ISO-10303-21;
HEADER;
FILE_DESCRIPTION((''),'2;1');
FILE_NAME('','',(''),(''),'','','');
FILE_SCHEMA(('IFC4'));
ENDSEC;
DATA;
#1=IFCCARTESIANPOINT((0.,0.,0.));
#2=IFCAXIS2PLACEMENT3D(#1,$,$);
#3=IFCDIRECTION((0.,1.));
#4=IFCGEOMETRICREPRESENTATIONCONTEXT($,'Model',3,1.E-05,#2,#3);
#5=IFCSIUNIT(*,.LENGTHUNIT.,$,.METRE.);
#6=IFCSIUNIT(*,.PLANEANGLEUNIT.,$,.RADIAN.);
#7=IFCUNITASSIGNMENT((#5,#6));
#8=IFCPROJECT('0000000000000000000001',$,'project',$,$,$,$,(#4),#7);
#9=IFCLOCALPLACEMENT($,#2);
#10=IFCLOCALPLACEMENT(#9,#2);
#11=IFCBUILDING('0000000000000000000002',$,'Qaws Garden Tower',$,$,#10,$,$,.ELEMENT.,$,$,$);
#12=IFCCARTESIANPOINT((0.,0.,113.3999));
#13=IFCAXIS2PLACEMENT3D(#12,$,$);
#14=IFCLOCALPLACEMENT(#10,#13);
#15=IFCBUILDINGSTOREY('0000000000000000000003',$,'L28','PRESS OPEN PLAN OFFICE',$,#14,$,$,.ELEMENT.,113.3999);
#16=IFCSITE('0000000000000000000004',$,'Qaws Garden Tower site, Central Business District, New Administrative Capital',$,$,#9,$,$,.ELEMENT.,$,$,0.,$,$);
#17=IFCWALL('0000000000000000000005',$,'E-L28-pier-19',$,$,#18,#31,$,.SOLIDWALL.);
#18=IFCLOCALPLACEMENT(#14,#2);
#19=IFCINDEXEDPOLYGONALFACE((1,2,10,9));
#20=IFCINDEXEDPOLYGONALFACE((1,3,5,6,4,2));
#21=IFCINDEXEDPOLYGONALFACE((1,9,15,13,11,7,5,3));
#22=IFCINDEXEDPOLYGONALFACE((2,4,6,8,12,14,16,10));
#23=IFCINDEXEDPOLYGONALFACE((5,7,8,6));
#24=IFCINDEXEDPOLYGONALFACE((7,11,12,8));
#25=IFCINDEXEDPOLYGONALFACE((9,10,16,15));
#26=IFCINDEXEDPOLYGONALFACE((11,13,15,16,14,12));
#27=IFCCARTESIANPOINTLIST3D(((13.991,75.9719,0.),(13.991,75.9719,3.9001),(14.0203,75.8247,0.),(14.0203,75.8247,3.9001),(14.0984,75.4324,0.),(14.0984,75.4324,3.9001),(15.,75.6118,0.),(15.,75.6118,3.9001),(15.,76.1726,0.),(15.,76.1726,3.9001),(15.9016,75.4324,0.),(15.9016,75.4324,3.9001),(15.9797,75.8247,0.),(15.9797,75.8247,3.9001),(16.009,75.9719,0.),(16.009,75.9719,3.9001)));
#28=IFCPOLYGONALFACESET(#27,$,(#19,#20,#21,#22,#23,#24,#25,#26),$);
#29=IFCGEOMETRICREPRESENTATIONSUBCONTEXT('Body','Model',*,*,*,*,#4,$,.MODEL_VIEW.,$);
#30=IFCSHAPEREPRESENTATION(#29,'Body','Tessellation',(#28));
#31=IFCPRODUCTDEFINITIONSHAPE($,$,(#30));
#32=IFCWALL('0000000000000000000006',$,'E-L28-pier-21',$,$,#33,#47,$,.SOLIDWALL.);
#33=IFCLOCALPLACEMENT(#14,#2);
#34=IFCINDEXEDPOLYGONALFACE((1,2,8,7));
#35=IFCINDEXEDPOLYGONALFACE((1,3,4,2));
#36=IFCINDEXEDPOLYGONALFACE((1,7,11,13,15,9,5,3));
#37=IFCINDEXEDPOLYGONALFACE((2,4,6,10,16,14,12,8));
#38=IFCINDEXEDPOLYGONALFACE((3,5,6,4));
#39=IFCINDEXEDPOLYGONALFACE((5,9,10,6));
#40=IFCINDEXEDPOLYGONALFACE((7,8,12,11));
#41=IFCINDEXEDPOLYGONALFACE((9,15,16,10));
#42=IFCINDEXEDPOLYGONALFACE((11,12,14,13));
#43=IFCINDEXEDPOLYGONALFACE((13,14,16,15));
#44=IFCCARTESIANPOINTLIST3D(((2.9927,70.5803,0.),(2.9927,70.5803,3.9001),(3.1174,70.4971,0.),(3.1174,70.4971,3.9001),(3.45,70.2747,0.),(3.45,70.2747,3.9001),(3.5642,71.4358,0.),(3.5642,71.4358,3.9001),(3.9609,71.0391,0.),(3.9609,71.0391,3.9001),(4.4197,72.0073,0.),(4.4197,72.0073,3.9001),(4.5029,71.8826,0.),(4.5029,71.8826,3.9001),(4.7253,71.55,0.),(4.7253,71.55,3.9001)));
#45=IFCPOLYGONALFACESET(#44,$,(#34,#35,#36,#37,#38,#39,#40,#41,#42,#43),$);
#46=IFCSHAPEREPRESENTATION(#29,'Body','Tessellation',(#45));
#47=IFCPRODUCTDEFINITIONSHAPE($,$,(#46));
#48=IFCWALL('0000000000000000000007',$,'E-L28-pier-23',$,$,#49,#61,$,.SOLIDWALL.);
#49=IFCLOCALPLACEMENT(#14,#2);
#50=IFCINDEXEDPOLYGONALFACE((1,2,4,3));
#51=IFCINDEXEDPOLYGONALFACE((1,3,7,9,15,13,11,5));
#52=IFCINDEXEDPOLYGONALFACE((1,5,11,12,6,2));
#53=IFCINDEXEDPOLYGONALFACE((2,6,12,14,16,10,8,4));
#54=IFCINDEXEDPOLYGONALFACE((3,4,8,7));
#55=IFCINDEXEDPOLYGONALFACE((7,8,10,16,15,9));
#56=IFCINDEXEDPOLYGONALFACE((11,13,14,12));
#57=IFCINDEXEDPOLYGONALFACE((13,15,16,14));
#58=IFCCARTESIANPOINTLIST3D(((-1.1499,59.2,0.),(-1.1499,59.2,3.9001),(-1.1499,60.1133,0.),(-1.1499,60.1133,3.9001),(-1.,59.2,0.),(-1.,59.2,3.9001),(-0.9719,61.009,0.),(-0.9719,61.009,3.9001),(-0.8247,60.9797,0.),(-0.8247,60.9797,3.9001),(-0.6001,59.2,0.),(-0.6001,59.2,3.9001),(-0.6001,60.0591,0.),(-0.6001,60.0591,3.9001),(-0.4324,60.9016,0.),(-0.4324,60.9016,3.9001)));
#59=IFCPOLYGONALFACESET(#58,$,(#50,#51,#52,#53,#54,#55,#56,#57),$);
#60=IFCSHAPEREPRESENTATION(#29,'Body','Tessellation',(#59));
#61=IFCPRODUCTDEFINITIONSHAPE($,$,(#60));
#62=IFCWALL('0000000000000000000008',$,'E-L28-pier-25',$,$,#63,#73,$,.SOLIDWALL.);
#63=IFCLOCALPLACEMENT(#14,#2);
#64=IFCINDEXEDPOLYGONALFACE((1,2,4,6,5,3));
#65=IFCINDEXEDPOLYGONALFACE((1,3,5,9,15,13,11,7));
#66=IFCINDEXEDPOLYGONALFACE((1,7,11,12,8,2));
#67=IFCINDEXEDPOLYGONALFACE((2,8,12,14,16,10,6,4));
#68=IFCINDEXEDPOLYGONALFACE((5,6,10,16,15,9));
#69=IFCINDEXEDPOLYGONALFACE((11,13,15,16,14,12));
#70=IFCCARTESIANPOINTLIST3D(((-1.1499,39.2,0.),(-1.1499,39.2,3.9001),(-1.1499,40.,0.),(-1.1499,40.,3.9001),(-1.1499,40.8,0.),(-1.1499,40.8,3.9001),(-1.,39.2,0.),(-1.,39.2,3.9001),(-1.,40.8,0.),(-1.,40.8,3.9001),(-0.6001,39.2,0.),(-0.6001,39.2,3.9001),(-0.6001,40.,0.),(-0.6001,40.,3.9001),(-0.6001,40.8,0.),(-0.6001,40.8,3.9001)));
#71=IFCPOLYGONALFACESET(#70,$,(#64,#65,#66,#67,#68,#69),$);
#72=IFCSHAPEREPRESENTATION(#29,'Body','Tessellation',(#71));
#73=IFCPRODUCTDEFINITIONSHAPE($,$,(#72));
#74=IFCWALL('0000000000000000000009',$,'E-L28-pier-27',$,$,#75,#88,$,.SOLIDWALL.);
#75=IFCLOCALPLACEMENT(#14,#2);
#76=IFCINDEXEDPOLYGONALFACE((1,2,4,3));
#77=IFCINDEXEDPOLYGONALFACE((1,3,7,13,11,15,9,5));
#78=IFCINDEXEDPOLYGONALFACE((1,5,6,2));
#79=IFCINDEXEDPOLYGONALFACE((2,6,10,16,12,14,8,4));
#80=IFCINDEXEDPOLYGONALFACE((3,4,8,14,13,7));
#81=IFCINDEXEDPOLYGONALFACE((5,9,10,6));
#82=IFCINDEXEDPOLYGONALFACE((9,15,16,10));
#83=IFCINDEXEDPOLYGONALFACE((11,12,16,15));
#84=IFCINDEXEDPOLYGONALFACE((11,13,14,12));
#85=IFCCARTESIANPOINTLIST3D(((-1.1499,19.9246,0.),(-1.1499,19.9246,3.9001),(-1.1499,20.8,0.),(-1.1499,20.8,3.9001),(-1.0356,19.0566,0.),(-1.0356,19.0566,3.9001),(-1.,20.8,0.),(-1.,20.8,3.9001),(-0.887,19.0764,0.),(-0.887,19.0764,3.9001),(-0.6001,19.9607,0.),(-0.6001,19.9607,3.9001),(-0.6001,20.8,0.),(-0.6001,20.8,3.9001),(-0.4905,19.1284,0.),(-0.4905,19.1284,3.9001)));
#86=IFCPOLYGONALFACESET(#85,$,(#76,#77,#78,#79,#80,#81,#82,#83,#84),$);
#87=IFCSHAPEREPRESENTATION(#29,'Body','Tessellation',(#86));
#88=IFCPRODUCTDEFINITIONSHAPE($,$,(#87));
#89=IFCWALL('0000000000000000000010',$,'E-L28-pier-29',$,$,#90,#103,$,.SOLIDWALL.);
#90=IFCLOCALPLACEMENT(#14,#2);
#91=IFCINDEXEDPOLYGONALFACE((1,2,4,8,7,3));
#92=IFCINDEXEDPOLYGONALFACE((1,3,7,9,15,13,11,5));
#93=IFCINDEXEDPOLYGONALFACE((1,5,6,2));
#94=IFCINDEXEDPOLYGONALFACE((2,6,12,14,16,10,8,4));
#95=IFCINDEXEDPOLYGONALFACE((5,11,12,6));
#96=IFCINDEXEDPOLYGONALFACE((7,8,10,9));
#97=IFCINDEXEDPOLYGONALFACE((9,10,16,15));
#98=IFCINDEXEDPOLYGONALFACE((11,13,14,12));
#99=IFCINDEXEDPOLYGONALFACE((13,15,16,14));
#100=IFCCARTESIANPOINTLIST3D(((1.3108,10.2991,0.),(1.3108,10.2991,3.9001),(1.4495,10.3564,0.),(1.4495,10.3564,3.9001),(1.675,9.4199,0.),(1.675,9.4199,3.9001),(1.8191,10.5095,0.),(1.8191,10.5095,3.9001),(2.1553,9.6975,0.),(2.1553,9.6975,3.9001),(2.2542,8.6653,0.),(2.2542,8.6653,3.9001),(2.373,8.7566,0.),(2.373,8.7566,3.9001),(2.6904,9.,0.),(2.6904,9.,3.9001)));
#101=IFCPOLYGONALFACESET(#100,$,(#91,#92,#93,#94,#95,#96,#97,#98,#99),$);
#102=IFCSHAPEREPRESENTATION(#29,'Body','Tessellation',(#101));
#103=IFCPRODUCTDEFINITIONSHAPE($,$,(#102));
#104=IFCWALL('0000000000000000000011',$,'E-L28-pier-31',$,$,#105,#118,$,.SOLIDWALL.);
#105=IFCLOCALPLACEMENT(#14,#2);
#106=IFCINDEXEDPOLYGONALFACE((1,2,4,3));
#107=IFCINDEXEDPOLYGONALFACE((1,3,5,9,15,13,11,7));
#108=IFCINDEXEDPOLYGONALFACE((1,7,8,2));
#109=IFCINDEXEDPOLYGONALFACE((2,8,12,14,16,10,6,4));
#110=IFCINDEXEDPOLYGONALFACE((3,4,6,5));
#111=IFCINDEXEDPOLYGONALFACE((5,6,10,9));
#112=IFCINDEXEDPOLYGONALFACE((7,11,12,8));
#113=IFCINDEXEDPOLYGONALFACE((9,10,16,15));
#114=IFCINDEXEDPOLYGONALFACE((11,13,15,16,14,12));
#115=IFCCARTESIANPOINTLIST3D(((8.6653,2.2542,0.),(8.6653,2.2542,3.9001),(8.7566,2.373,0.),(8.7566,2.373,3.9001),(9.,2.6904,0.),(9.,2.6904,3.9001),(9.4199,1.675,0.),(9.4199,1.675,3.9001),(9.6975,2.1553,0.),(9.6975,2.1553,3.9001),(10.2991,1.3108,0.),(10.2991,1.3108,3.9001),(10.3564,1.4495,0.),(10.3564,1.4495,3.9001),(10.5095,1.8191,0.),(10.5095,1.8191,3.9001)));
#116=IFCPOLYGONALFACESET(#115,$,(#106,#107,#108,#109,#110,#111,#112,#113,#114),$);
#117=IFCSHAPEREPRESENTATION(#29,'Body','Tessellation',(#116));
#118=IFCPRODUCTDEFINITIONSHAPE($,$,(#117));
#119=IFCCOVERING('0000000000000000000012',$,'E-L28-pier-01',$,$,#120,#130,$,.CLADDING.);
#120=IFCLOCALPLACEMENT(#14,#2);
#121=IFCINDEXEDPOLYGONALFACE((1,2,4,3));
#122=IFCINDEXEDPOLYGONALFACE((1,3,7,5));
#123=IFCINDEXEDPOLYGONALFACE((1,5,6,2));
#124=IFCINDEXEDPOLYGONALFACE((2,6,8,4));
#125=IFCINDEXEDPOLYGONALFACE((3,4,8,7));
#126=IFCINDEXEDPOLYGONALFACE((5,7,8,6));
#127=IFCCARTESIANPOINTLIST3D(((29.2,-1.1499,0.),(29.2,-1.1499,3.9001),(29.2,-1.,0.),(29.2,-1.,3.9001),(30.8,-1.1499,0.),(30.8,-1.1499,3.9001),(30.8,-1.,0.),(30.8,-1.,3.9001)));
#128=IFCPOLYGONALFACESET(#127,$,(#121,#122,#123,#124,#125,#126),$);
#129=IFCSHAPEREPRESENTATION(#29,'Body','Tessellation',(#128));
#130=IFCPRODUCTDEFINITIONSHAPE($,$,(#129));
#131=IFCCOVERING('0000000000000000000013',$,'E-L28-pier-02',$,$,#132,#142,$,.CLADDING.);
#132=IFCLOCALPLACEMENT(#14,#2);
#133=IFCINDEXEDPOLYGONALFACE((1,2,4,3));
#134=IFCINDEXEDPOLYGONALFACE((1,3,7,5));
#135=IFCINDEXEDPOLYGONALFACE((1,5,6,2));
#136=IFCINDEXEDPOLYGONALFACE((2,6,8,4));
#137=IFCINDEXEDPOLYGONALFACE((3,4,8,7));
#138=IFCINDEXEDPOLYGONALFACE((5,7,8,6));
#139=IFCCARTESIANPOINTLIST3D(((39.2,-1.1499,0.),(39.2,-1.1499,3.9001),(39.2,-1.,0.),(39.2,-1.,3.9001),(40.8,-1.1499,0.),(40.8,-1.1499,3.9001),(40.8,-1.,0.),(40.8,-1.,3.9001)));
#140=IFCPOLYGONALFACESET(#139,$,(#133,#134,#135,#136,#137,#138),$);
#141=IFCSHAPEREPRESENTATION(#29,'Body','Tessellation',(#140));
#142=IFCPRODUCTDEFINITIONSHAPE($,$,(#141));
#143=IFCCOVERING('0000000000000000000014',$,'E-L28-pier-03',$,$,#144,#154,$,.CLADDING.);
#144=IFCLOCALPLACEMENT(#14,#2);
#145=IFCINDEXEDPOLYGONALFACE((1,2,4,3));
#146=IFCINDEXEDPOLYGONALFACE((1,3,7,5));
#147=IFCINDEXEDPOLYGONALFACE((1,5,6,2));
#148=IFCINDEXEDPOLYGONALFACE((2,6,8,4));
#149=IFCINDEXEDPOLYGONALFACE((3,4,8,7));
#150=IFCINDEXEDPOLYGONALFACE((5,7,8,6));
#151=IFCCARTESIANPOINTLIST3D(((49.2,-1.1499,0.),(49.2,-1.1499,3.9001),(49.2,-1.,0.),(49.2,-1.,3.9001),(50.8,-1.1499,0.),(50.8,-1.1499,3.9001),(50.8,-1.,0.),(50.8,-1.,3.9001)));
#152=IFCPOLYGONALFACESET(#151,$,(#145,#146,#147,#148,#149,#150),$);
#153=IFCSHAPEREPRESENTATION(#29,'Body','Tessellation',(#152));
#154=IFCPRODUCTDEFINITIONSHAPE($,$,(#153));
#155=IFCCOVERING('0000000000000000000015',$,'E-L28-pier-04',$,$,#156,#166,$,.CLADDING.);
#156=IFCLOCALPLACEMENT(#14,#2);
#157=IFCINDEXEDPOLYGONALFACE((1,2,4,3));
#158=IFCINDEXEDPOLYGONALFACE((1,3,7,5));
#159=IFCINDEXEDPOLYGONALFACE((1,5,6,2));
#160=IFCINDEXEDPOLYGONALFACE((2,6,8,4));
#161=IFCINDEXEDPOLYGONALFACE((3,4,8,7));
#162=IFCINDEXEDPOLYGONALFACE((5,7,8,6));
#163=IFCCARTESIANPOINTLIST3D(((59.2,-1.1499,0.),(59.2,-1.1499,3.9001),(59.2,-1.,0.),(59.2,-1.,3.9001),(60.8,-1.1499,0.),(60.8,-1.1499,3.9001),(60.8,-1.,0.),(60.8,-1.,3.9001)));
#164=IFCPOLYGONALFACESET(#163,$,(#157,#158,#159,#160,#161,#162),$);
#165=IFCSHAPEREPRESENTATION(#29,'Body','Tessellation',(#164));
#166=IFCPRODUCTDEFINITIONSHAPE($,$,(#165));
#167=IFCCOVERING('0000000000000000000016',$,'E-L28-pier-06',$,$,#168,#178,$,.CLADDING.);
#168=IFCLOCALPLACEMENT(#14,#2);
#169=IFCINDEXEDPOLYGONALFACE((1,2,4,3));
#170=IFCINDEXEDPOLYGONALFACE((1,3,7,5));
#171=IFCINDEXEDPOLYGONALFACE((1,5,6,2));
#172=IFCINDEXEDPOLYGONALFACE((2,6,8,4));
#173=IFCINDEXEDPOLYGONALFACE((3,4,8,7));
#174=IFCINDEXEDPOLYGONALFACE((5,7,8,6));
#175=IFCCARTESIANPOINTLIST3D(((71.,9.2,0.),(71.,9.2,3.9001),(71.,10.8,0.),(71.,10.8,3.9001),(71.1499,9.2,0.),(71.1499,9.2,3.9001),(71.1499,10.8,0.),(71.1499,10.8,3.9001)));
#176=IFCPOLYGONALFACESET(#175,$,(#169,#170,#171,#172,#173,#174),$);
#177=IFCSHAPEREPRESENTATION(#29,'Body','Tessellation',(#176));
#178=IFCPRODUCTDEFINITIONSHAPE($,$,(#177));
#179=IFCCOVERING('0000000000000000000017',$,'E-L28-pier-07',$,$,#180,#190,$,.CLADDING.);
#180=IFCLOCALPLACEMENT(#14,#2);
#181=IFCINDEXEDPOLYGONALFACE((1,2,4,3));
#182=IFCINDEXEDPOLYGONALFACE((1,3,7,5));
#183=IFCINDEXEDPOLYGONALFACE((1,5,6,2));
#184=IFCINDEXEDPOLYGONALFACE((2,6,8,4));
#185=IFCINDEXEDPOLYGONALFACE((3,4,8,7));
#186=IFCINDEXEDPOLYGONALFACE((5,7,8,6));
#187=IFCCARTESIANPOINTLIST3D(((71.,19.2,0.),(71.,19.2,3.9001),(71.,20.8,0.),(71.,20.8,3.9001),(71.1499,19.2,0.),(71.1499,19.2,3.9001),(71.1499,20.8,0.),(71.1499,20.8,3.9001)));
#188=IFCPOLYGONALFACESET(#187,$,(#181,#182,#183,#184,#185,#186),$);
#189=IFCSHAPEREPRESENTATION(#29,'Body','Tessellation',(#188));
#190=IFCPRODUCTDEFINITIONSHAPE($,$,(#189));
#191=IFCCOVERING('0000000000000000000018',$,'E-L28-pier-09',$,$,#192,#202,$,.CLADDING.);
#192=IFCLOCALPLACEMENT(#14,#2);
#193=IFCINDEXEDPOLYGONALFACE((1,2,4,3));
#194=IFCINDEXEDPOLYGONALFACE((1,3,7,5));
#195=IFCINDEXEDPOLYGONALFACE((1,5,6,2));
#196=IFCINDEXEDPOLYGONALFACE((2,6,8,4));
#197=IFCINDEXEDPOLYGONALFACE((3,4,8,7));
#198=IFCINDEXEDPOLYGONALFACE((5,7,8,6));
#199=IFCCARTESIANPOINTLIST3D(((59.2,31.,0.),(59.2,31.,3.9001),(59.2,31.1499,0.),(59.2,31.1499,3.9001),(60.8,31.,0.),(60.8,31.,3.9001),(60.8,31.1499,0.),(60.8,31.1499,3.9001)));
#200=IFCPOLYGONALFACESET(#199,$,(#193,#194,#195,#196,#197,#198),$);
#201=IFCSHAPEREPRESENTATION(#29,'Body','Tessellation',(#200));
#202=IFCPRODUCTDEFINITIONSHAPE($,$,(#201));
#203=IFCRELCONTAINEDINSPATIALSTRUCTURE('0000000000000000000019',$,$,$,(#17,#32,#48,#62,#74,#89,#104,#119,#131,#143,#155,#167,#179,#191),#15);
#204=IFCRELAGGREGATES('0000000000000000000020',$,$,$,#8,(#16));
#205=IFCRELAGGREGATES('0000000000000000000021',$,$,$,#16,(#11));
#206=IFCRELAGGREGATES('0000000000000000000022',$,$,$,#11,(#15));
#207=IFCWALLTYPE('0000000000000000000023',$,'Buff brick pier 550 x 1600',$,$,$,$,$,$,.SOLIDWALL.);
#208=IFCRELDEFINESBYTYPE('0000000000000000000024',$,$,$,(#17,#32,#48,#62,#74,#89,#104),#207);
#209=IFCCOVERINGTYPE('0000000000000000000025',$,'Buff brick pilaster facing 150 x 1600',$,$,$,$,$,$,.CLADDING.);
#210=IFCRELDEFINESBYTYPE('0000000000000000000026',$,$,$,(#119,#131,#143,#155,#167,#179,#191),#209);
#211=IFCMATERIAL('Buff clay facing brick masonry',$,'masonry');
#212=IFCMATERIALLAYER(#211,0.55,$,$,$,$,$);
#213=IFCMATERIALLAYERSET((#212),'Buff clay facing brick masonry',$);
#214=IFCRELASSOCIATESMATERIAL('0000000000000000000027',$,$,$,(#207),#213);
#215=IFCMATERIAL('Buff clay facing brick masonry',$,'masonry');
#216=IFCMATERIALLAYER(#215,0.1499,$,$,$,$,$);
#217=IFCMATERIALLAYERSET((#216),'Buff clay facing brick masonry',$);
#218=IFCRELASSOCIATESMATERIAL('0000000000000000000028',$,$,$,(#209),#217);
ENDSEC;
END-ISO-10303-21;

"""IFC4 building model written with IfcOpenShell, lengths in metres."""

from ifc_helpers import new_model, si_unit, direction, frame, origin, place, context, subcontext, project, spatial, polyline, outline, extrude, material, layer, layer_set, type_object, element, save


model = new_model("IFC4")

# Units and contexts
model_context = context("Model", 3, precision=1e-05, world=origin(), true_north=direction((0.0, 1.0)))
body_context = subcontext(model_context, "Body", "Model", "MODEL_VIEW")
ifc_project = project(units=[si_unit("LENGTHUNIT", "METRE"), si_unit("PLANEANGLEUNIT", "RADIAN")], contexts=[model_context])

# Site, building, storey
site_placement = place(None, origin())
site = spatial("IfcSite", under=ifc_project, at=site_placement, Name="Qaws Garden Tower site, Central Business District, New Administrative Capital", CompositionType="ELEMENT", RefElevation=0.0)
building_placement = place(site_placement, origin())
building = spatial("IfcBuilding", under=site, at=building_placement, Name="Qaws Garden Tower", CompositionType="ELEMENT")
storey_placement = place(building_placement, frame((0.0, 0.0, 113.3999)))
storey = spatial("IfcBuildingStorey", under=building, at=storey_placement, Name="L28", Description="PRESS OPEN PLAN OFFICE", CompositionType="ELEMENT", Elevation=113.3999)

# Walls
placement = place(storey_placement, origin())
ifc_material_1 = material(Name="Buff clay facing brick masonry", Category="masonry")
ifc_layer_1 = layer(ifc_material_1, 0.55)
ifc_layer_set_1 = layer_set([ifc_layer_1], Name="Buff clay facing brick masonry")
wall_type_1 = type_object("IfcWallType", Name="Buff brick pier 550 x 1600", PredefinedType="SOLIDWALL", material=ifc_layer_set_1)
element("IfcWall", 1, at=placement, inside=storey, type_object=wall_type_1, Name="E-L28-pier-19", PredefinedType="SOLIDWALL", context=body_context, shape_type="SweptSolid", body=[
    extrude(outline(polyline([(15.9797, 75.8247), (16.009, 75.9719), (15.0, 76.1726), (13.991, 75.9719), (14.0203, 75.8247), (14.0984, 75.4324), (15.0, 75.6118), (15.9016, 75.4324), (15.9797, 75.8247)])), origin(), (0.0, 0.0, 1.0), 3.9001),
])
element("IfcWall", 2, at=placement, inside=storey, type_object=wall_type_1, Name="E-L28-pier-21", PredefinedType="SOLIDWALL", context=body_context, shape_type="SweptSolid", body=[
    extrude(outline(polyline([(4.5029, 71.8826), (4.4197, 72.0073), (3.5642, 71.4358), (2.9927, 70.5803), (3.1174, 70.4971), (3.45, 70.2747), (3.9609, 71.0391), (4.7253, 71.55), (4.5029, 71.8826)])), origin(), (0.0, 0.0, 1.0), 3.9001),
])
element("IfcWall", 3, at=placement, inside=storey, type_object=wall_type_1, Name="E-L28-pier-23", PredefinedType="SOLIDWALL", context=body_context, shape_type="SweptSolid", body=[
    extrude(outline(polyline([(-0.8247, 60.9797), (-0.9719, 61.009), (-1.1499, 60.1133), (-1.1499, 59.2), (-1.0, 59.2), (-0.6001, 59.2), (-0.6001, 60.0591), (-0.4324, 60.9016), (-0.8247, 60.9797)])), origin(), (0.0, 0.0, 1.0), 3.9001),
])
element("IfcWall", 4, at=placement, inside=storey, type_object=wall_type_1, Name="E-L28-pier-25", PredefinedType="SOLIDWALL", context=body_context, shape_type="SweptSolid", body=[
    extrude(outline(polyline([(-1.0, 40.8), (-1.1499, 40.8), (-1.1499, 40.0), (-1.1499, 39.2), (-1.0, 39.2), (-0.6001, 39.2), (-0.6001, 40.0), (-0.6001, 40.8), (-1.0, 40.8)])), origin(), (0.0, 0.0, 1.0), 3.9001),
])
element("IfcWall", 5, at=placement, inside=storey, type_object=wall_type_1, Name="E-L28-pier-27", PredefinedType="SOLIDWALL", context=body_context, shape_type="SweptSolid", body=[
    extrude(outline(polyline([(-1.0, 20.8), (-1.1499, 20.8), (-1.1499, 19.9246), (-1.0356, 19.0566), (-0.887, 19.0764), (-0.4905, 19.1284), (-0.6001, 19.9607), (-0.6001, 20.8), (-1.0, 20.8)])), origin(), (0.0, 0.0, 1.0), 3.9001),
])
element("IfcWall", 6, at=placement, inside=storey, type_object=wall_type_1, Name="E-L28-pier-29", PredefinedType="SOLIDWALL", context=body_context, shape_type="SweptSolid", body=[
    extrude(outline(polyline([(1.4495, 10.3564), (1.3108, 10.2991), (1.675, 9.4199), (2.2542, 8.6653), (2.373, 8.7566), (2.6904, 9.0), (2.1553, 9.6975), (1.8191, 10.5095), (1.4495, 10.3564)])), origin(), (0.0, 0.0, 1.0), 3.9001),
])
element("IfcWall", 7, at=placement, inside=storey, type_object=wall_type_1, Name="E-L28-pier-31", PredefinedType="SOLIDWALL", context=body_context, shape_type="SweptSolid", body=[
    extrude(outline(polyline([(8.7566, 2.373), (8.6653, 2.2542), (9.4199, 1.675), (10.2991, 1.3108), (10.3564, 1.4495), (10.5095, 1.8191), (9.6975, 2.1553), (9.0, 2.6904), (8.7566, 2.373)])), origin(), (0.0, 0.0, 1.0), 3.9001),
])

# Coverings
ifc_material_2 = material(Name="Buff clay facing brick masonry", Category="masonry")
ifc_layer_2 = layer(ifc_material_2, 0.1499)
ifc_layer_set_2 = layer_set([ifc_layer_2], Name="Buff clay facing brick masonry")
covering_type = type_object("IfcCoveringType", Name="Buff brick pilaster facing 150 x 1600", PredefinedType="CLADDING", material=ifc_layer_set_2)
element("IfcCovering", 8, at=placement, inside=storey, type_object=covering_type, Name="E-L28-pier-01", PredefinedType="CLADDING", context=body_context, shape_type="SweptSolid", body=[
    extrude(outline(polyline([(29.2, -1.0), (30.8, -1.0), (30.8, -1.1499), (29.2, -1.1499), (29.2, -1.0)])), origin(), (0.0, 0.0, 1.0), 3.9001),
])
element("IfcCovering", 9, at=placement, inside=storey, type_object=covering_type, Name="E-L28-pier-02", PredefinedType="CLADDING", context=body_context, shape_type="SweptSolid", body=[
    extrude(outline(polyline([(39.2, -1.0), (40.8, -1.0), (40.8, -1.1499), (39.2, -1.1499), (39.2, -1.0)])), origin(), (0.0, 0.0, 1.0), 3.9001),
])
element("IfcCovering", 10, at=placement, inside=storey, type_object=covering_type, Name="E-L28-pier-03", PredefinedType="CLADDING", context=body_context, shape_type="SweptSolid", body=[
    extrude(outline(polyline([(49.2, -1.0), (50.8, -1.0), (50.8, -1.1499), (49.2, -1.1499), (49.2, -1.0)])), origin(), (0.0, 0.0, 1.0), 3.9001),
])
element("IfcCovering", 11, at=placement, inside=storey, type_object=covering_type, Name="E-L28-pier-04", PredefinedType="CLADDING", context=body_context, shape_type="SweptSolid", body=[
    extrude(outline(polyline([(59.2, -1.0), (60.8, -1.0), (60.8, -1.1499), (59.2, -1.1499), (59.2, -1.0)])), origin(), (0.0, 0.0, 1.0), 3.9001),
])
element("IfcCovering", 12, at=placement, inside=storey, type_object=covering_type, Name="E-L28-pier-06", PredefinedType="CLADDING", context=body_context, shape_type="SweptSolid", body=[
    extrude(outline(polyline([(71.0, 9.2), (71.0, 10.8), (71.1499, 10.8), (71.1499, 9.2), (71.0, 9.2)])), origin(), (0.0, 0.0, 1.0), 3.9001),
])
element("IfcCovering", 13, at=placement, inside=storey, type_object=covering_type, Name="E-L28-pier-07", PredefinedType="CLADDING", context=body_context, shape_type="SweptSolid", body=[
    extrude(outline(polyline([(71.0, 19.2), (71.0, 20.8), (71.1499, 20.8), (71.1499, 19.2), (71.0, 19.2)])), origin(), (0.0, 0.0, 1.0), 3.9001),
])
element("IfcCovering", 14, at=placement, inside=storey, type_object=covering_type, Name="E-L28-pier-09", PredefinedType="CLADDING", context=body_context, shape_type="SweptSolid", body=[
    extrude(outline(polyline([(60.8, 31.0), (59.2, 31.0), (59.2, 31.1499), (60.8, 31.1499), (60.8, 31.0)])), origin(), (0.0, 0.0, 1.0), 3.9001),
])

save(model, "model.ifc")
